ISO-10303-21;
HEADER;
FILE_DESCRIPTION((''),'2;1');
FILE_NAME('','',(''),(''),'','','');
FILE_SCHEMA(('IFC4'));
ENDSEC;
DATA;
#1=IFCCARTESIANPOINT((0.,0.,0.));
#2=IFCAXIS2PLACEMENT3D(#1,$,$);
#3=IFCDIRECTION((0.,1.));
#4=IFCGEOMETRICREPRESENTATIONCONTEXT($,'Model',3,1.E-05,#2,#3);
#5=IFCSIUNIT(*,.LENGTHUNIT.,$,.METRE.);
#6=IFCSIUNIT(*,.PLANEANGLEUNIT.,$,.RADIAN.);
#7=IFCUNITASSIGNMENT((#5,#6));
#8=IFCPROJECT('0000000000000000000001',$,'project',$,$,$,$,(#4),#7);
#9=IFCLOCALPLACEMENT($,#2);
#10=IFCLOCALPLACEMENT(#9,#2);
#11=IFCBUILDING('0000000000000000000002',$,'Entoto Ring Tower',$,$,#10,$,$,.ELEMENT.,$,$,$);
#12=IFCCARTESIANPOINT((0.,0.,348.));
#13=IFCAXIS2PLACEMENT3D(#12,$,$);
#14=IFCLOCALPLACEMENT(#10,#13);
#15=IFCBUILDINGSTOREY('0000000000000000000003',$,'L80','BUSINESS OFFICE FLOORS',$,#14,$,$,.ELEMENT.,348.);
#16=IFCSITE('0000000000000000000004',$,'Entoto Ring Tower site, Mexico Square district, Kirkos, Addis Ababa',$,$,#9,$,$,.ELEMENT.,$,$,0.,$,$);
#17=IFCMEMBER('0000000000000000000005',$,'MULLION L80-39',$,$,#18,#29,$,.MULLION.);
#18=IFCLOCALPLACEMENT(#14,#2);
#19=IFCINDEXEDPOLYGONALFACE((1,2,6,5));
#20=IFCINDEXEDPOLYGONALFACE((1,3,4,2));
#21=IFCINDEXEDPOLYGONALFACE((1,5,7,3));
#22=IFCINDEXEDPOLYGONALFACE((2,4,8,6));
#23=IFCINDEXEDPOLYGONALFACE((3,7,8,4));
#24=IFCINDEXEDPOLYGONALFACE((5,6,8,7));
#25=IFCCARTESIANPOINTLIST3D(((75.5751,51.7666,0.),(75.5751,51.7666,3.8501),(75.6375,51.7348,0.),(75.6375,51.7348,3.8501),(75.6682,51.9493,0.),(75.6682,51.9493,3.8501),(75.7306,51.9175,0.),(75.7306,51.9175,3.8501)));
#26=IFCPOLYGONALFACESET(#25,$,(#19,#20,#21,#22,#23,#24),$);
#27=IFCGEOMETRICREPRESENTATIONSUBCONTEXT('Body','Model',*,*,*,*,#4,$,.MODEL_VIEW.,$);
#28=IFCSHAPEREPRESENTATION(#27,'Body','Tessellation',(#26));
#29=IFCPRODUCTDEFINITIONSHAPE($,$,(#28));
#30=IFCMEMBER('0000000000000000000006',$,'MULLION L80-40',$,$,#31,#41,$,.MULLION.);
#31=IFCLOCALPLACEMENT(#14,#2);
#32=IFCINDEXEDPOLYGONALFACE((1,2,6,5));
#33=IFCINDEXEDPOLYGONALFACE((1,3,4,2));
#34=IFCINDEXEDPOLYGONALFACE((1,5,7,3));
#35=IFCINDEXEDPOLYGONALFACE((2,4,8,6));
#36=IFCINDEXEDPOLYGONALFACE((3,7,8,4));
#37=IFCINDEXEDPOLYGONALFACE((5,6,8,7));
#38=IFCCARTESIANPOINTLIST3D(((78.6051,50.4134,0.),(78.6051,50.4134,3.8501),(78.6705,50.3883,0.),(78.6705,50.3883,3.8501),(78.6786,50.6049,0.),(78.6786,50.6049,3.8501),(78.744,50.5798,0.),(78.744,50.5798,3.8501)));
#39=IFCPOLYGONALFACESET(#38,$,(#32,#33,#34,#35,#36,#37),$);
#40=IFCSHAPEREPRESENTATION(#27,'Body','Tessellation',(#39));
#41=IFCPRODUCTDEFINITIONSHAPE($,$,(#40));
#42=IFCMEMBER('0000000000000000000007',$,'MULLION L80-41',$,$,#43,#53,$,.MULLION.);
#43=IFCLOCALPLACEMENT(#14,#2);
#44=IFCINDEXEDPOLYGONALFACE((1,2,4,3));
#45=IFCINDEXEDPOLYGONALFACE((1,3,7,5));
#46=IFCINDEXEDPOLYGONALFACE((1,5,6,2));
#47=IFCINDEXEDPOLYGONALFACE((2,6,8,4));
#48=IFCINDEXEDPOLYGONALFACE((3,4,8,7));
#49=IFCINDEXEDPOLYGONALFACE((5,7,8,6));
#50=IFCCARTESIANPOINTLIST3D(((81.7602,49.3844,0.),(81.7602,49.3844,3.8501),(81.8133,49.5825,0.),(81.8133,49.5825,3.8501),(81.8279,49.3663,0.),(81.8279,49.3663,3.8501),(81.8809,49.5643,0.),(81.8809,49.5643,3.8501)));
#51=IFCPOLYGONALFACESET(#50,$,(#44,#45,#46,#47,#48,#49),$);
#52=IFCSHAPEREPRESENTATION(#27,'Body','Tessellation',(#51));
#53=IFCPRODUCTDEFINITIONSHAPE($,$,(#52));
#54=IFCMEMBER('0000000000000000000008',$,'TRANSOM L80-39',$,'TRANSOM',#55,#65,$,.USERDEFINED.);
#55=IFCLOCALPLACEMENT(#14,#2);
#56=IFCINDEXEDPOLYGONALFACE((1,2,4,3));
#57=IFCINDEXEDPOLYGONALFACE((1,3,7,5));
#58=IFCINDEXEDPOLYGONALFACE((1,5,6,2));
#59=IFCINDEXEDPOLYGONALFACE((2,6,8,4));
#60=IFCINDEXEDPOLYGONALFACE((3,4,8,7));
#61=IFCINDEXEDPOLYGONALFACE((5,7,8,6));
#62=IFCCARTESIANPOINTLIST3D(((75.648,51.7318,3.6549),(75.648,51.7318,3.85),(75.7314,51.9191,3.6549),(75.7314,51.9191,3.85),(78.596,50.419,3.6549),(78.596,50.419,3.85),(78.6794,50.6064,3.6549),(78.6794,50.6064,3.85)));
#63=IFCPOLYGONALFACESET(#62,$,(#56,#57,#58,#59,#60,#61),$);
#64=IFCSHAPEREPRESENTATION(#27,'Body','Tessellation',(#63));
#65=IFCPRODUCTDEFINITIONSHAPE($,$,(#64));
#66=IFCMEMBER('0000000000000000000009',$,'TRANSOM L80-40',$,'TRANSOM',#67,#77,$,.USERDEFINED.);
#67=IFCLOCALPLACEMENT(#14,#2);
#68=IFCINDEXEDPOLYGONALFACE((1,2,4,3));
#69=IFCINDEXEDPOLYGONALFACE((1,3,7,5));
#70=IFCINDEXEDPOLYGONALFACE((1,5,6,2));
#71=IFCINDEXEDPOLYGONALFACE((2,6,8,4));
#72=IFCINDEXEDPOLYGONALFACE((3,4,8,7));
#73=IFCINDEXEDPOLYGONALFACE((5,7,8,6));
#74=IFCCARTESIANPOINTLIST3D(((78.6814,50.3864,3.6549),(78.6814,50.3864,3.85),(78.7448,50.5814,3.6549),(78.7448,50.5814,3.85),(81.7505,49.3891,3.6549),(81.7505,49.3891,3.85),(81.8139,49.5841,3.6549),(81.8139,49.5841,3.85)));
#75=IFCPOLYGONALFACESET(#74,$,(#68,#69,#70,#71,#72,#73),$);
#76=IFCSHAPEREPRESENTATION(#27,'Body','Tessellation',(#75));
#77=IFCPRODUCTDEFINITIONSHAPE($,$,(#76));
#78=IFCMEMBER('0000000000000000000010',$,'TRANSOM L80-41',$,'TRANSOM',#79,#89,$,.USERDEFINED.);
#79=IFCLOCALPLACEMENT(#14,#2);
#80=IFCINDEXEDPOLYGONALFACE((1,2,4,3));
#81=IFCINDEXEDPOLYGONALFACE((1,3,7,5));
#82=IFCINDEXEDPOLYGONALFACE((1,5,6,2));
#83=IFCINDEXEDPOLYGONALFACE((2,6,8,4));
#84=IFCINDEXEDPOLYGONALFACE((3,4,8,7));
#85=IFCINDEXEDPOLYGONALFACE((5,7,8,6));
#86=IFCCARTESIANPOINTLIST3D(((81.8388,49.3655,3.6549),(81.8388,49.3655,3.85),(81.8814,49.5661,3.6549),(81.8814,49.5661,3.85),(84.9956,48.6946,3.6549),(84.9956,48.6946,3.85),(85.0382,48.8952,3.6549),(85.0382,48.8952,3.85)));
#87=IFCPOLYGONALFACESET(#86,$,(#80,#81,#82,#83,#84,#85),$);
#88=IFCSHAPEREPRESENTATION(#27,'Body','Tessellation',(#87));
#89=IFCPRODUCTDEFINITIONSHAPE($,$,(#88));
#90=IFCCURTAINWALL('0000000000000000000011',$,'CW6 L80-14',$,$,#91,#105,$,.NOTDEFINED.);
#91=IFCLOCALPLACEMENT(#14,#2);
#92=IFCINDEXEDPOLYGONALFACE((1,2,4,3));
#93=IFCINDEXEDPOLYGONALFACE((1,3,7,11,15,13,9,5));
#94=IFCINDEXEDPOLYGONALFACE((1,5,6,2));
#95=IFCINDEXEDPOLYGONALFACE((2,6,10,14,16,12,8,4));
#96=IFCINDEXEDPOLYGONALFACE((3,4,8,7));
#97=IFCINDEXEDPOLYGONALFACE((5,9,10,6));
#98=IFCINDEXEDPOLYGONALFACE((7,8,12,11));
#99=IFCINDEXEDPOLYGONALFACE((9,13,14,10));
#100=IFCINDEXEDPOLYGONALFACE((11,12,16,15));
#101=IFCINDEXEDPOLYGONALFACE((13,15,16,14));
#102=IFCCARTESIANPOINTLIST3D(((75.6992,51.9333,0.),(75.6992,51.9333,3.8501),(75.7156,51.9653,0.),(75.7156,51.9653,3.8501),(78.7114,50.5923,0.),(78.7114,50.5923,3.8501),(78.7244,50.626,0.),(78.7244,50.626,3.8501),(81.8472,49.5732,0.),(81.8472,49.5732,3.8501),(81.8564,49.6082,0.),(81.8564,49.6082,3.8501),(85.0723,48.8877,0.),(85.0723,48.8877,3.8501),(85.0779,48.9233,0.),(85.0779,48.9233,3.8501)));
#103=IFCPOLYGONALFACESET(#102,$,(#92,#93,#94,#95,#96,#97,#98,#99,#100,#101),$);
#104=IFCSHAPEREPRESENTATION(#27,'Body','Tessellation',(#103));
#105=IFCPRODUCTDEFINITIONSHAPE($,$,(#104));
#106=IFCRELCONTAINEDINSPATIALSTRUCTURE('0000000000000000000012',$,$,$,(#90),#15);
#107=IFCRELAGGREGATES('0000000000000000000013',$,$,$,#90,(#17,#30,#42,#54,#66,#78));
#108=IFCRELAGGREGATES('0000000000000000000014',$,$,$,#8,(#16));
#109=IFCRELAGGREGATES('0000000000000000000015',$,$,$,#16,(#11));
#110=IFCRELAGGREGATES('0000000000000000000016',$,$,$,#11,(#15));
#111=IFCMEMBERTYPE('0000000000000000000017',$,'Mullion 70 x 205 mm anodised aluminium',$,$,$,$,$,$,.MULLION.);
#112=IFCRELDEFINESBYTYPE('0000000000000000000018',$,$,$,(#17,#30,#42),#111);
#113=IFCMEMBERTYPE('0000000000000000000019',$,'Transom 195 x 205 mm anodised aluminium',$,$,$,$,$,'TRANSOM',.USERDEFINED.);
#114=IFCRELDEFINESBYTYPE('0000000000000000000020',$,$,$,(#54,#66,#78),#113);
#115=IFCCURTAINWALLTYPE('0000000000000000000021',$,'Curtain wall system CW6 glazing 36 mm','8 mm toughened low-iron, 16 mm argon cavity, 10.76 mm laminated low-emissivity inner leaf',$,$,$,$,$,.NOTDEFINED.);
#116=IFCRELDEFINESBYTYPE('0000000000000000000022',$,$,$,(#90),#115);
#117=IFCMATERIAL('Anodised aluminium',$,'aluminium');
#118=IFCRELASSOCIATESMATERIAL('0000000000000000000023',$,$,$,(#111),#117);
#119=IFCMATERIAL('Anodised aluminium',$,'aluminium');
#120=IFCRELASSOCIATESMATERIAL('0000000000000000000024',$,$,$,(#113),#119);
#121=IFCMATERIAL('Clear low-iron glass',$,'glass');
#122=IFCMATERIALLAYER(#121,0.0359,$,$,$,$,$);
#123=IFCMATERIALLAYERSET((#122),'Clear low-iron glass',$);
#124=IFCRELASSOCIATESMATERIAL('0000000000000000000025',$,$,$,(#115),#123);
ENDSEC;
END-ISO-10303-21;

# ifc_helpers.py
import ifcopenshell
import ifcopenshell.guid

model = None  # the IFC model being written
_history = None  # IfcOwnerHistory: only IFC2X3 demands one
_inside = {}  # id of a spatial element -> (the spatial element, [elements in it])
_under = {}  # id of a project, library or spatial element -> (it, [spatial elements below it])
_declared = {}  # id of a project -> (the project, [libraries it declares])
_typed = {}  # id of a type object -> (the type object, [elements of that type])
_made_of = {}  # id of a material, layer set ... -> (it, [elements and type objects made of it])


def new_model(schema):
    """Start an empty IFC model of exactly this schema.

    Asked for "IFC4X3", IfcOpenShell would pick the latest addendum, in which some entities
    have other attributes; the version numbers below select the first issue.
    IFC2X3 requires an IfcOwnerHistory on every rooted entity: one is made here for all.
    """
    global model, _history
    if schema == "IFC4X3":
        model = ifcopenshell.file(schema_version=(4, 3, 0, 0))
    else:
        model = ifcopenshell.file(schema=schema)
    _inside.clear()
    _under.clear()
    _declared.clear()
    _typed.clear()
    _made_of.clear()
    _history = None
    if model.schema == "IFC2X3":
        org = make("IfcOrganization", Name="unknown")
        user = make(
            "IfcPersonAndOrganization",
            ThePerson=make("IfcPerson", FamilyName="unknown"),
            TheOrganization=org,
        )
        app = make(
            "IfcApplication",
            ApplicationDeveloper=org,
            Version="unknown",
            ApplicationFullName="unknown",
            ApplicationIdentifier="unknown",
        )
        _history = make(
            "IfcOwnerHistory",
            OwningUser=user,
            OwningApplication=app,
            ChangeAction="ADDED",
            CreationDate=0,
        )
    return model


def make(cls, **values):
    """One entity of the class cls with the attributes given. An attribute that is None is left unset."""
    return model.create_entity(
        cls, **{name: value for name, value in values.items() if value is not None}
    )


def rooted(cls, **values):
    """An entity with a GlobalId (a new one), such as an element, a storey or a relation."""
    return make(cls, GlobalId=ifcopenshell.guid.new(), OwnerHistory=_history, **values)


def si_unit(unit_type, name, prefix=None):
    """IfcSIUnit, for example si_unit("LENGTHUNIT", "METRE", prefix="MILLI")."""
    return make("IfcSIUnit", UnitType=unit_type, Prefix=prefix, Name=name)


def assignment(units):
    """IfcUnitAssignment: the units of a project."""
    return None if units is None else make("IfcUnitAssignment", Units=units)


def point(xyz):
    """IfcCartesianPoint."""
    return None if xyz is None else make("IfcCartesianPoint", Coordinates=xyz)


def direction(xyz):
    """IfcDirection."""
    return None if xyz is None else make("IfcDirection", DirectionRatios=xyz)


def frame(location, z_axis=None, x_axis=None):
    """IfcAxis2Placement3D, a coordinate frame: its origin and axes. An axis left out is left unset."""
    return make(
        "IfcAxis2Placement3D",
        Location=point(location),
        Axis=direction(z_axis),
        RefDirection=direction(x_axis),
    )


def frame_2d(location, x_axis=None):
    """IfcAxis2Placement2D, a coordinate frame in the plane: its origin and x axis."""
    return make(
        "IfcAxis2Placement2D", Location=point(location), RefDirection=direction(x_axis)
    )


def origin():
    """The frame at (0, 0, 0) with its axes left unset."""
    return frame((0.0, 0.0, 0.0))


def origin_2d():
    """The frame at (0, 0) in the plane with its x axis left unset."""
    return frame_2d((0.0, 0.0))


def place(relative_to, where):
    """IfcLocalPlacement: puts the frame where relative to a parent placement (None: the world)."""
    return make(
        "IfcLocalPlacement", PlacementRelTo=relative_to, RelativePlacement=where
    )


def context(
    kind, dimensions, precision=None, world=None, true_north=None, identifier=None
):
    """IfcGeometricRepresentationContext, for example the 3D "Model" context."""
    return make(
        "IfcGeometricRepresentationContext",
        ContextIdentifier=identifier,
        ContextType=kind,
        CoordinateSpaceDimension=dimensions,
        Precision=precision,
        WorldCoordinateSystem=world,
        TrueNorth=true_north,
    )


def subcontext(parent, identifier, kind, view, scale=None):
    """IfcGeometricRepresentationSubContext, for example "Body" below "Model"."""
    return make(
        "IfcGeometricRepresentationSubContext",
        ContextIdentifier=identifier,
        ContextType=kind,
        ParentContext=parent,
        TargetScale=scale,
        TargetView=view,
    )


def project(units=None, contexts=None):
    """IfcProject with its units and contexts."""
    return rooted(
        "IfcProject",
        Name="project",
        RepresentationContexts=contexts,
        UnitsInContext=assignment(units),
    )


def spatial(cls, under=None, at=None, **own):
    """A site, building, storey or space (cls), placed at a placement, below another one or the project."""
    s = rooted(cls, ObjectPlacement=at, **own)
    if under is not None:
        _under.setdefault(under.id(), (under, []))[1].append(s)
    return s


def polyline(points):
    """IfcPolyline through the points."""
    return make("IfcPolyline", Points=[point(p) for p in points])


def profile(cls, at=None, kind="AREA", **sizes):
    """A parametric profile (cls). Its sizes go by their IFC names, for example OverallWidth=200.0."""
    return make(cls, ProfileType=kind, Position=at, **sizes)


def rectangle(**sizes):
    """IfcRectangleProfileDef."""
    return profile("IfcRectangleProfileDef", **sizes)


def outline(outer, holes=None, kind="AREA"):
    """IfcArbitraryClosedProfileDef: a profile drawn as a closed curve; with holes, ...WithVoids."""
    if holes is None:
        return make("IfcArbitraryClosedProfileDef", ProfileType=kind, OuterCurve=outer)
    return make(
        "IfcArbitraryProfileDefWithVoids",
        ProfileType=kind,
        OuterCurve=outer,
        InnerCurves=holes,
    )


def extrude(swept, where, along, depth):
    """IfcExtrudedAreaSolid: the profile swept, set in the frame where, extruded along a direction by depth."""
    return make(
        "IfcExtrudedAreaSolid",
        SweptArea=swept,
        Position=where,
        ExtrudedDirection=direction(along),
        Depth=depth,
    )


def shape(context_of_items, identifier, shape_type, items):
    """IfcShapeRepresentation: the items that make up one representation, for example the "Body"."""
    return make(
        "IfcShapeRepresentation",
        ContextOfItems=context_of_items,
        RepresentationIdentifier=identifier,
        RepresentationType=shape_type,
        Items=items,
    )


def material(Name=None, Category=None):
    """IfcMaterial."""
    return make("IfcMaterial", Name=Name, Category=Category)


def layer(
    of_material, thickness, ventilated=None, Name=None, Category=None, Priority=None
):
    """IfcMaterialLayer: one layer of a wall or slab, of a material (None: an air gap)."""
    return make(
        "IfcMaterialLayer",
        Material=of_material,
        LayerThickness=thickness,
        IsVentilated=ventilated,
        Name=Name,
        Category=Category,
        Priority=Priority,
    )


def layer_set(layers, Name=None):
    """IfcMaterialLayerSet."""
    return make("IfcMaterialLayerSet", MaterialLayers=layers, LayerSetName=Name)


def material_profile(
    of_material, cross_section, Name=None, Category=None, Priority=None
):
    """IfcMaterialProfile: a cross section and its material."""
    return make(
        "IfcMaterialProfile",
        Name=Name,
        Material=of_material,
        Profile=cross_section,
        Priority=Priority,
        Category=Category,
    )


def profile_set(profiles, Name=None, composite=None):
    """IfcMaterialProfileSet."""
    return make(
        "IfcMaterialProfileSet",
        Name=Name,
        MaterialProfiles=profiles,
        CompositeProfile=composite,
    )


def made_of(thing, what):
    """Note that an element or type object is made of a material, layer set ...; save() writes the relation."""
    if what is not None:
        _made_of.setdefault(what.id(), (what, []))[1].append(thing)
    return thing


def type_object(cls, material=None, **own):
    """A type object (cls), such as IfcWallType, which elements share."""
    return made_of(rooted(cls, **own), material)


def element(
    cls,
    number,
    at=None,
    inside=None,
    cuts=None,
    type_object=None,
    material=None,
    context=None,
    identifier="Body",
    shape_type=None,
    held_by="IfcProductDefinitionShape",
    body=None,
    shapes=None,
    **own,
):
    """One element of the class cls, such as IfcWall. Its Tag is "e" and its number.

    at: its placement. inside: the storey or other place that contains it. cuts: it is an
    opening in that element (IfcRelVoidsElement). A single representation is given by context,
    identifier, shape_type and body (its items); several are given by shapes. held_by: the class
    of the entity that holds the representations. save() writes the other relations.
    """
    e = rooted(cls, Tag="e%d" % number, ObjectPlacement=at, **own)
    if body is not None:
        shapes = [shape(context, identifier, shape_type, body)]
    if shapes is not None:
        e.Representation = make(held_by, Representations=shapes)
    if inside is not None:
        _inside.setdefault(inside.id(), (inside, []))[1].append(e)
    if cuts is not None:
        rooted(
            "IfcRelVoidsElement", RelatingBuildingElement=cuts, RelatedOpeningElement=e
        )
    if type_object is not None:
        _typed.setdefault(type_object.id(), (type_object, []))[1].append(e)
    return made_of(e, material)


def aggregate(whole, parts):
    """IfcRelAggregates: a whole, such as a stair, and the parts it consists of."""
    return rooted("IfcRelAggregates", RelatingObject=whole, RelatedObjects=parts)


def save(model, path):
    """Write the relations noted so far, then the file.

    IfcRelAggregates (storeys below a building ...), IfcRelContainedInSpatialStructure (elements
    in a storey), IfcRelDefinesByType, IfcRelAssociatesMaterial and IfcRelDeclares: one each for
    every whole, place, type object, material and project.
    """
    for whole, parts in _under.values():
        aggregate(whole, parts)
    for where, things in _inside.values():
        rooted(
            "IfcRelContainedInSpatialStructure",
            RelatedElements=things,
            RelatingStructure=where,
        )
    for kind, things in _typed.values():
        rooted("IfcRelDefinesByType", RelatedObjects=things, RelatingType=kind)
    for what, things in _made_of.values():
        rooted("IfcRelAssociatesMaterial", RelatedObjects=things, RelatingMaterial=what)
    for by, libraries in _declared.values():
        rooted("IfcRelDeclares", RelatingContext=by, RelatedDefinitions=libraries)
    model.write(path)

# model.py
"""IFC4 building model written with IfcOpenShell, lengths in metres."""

from ifc_helpers import new_model, si_unit, direction, frame, origin, origin_2d, place, context, subcontext, project, spatial, polyline, rectangle, outline, extrude, material, layer, layer_set, material_profile, profile_set, type_object, element, aggregate, save


model = new_model("IFC4")

# Units and contexts
model_context = context("Model", 3, precision=1e-05, world=origin(), true_north=direction((0.0, 1.0)))
body_context = subcontext(model_context, "Body", "Model", "MODEL_VIEW")
ifc_project = project(units=[si_unit("LENGTHUNIT", "METRE"), si_unit("PLANEANGLEUNIT", "RADIAN")], contexts=[model_context])

# Members
ifc_material_1 = material(Name="Anodised aluminium", Category="aluminium")
ifc_material_profile_1 = material_profile(ifc_material_1, rectangle(XDim=0.0701, YDim=0.2051, at=origin_2d()), Name="Mullion 70 x 205 mm anodised aluminium")
ifc_profile_set_1 = profile_set([ifc_material_profile_1], Name="Anodised aluminium")
member_type_1 = type_object("IfcMemberType", Name="Mullion 70 x 205 mm anodised aluminium", PredefinedType="MULLION", material=ifc_profile_set_1)
site_placement = place(None, origin())
building_placement = place(site_placement, origin())
storey_placement = place(building_placement, frame((0.0, 0.0, 348.0)))
member_1_placement = place(storey_placement, frame((75.6528, 51.842, 0.0), z_axis=(0.0, 0.0, 1.0), x_axis=(0.891007, -0.45399, 0.0)))
member_1 = element("IfcMember", 1, at=member_1_placement, type_object=member_type_1, Name="MULLION L80-39", PredefinedType="MULLION", context=body_context, shape_type="SweptSolid", body=[
    extrude(rectangle(XDim=0.0701, YDim=0.2051, at=origin_2d()), origin(), (0.0, 0.0, 1.0), 3.8501),
])
member_2_placement = place(storey_placement, frame((78.6746, 50.4966, 0.0), z_axis=(0.0, 0.0, 1.0), x_axis=(0.93358, -0.358368, 0.0)))
member_2 = element("IfcMember", 2, at=member_2_placement, type_object=member_type_1, Name="MULLION L80-40", PredefinedType="MULLION", context=body_context, shape_type="SweptSolid", body=[
    extrude(rectangle(XDim=0.0701, YDim=0.2051, at=origin_2d()), origin(), (0.0, 0.0, 1.0), 3.8501),
])
member_3_placement = place(storey_placement, frame((81.8206, 49.4744, 0.0), z_axis=(0.0, 0.0, 1.0), x_axis=(0.965926, -0.258819, 0.0)))
member_3 = element("IfcMember", 3, at=member_3_placement, type_object=member_type_1, Name="MULLION L80-41", PredefinedType="MULLION", context=body_context, shape_type="SweptSolid", body=[
    extrude(rectangle(XDim=0.0701, YDim=0.2051, at=origin_2d()), origin(), (0.0, 0.0, 1.0), 3.8501),
])
ifc_material_2 = material(Name="Anodised aluminium", Category="aluminium")
ifc_material_profile_2 = material_profile(ifc_material_2, rectangle(XDim=0.2051, YDim=0.1951, at=origin_2d()), Name="Transom 195 x 205 mm anodised aluminium")
ifc_profile_set_2 = profile_set([ifc_material_profile_2], Name="Anodised aluminium")
member_type_2 = type_object("IfcMemberType", Name="Transom 195 x 205 mm anodised aluminium", ElementType="TRANSOM", PredefinedType="USERDEFINED", material=ifc_profile_set_2)
member_4_placement = place(storey_placement, frame((75.6897, 51.8254, 3.7524), z_axis=(0.913521, -0.406791, 0.0), x_axis=(0.406791, 0.913521, 0.0)))
member_4 = element("IfcMember", 4, at=member_4_placement, type_object=member_type_2, Name="TRANSOM L80-39", ObjectType="TRANSOM", PredefinedType="USERDEFINED", context=body_context, shape_type="SweptSolid", body=[
    extrude(rectangle(XDim=0.2051, YDim=0.1951, at=origin_2d()), origin(), (0.0, 0.0, 1.0), 3.2271),
])
member_5_placement = place(storey_placement, frame((78.7131, 50.4839, 3.7524), z_axis=(0.951047, -0.309047, 0.0), x_axis=(0.309047, 0.951047, 0.0)))
member_5 = element("IfcMember", 5, at=member_5_placement, type_object=member_type_2, Name="TRANSOM L80-40", ObjectType="TRANSOM", PredefinedType="USERDEFINED", context=body_context, shape_type="SweptSolid", body=[
    extrude(rectangle(XDim=0.2051, YDim=0.1951, at=origin_2d()), origin(), (0.0, 0.0, 1.0), 3.2271),
])
member_6_placement = place(storey_placement, frame((81.8601, 49.4658, 3.7524), z_axis=(0.978153, -0.207886, 0.0), x_axis=(0.207886, 0.978153, 0.0)))
member_6 = element("IfcMember", 6, at=member_6_placement, type_object=member_type_2, Name="TRANSOM L80-41", ObjectType="TRANSOM", PredefinedType="USERDEFINED", context=body_context, shape_type="SweptSolid", body=[
    extrude(rectangle(XDim=0.2051, YDim=0.1951, at=origin_2d()), origin(), (0.0, 0.0, 1.0), 3.2273),
])

# Site, building, storey
site = spatial("IfcSite", under=ifc_project, at=site_placement, Name="Entoto Ring Tower site, Mexico Square district, Kirkos, Addis Ababa", CompositionType="ELEMENT", RefElevation=0.0)
building = spatial("IfcBuilding", under=site, at=building_placement, Name="Entoto Ring Tower", CompositionType="ELEMENT")
storey = spatial("IfcBuildingStorey", under=building, at=storey_placement, Name="L80", Description="BUSINESS OFFICE FLOORS", CompositionType="ELEMENT", Elevation=348.0)

# Curtain wall
ifc_material_3 = material(Name="Clear low-iron glass", Category="glass")
ifc_layer = layer(ifc_material_3, 0.0359)
ifc_layer_set = layer_set([ifc_layer], Name="Clear low-iron glass")
curtain_wall_type = type_object("IfcCurtainWallType", Name="Curtain wall system CW6 glazing 36 mm", Description="8 mm toughened low-iron, 16 mm argon cavity, 10.76 mm laminated low-emissivity inner leaf", PredefinedType="NOTDEFINED", material=ifc_layer_set)
curtain_wall_1_placement = place(storey_placement, origin())
curtain_wall_1 = element("IfcCurtainWall", 7, at=curtain_wall_1_placement, inside=storey, type_object=curtain_wall_type, Name="CW6 L80-14", PredefinedType="NOTDEFINED", context=body_context, shape_type="SweptSolid", body=[
    extrude(outline(polyline([(75.6992, 51.9333), (78.7114, 50.5923), (81.8472, 49.5732), (85.0723, 48.8877), (85.0779, 48.9233), (81.8564, 49.6082), (78.7244, 50.626), (75.7156, 51.9653), (75.6992, 51.9333)])), origin(), (0.0, 0.0, 1.0), 3.8501),
])
aggregate(curtain_wall_1, [member_1, member_2, member_3, member_4, member_5, member_6])

save(model, "model.ifc")
